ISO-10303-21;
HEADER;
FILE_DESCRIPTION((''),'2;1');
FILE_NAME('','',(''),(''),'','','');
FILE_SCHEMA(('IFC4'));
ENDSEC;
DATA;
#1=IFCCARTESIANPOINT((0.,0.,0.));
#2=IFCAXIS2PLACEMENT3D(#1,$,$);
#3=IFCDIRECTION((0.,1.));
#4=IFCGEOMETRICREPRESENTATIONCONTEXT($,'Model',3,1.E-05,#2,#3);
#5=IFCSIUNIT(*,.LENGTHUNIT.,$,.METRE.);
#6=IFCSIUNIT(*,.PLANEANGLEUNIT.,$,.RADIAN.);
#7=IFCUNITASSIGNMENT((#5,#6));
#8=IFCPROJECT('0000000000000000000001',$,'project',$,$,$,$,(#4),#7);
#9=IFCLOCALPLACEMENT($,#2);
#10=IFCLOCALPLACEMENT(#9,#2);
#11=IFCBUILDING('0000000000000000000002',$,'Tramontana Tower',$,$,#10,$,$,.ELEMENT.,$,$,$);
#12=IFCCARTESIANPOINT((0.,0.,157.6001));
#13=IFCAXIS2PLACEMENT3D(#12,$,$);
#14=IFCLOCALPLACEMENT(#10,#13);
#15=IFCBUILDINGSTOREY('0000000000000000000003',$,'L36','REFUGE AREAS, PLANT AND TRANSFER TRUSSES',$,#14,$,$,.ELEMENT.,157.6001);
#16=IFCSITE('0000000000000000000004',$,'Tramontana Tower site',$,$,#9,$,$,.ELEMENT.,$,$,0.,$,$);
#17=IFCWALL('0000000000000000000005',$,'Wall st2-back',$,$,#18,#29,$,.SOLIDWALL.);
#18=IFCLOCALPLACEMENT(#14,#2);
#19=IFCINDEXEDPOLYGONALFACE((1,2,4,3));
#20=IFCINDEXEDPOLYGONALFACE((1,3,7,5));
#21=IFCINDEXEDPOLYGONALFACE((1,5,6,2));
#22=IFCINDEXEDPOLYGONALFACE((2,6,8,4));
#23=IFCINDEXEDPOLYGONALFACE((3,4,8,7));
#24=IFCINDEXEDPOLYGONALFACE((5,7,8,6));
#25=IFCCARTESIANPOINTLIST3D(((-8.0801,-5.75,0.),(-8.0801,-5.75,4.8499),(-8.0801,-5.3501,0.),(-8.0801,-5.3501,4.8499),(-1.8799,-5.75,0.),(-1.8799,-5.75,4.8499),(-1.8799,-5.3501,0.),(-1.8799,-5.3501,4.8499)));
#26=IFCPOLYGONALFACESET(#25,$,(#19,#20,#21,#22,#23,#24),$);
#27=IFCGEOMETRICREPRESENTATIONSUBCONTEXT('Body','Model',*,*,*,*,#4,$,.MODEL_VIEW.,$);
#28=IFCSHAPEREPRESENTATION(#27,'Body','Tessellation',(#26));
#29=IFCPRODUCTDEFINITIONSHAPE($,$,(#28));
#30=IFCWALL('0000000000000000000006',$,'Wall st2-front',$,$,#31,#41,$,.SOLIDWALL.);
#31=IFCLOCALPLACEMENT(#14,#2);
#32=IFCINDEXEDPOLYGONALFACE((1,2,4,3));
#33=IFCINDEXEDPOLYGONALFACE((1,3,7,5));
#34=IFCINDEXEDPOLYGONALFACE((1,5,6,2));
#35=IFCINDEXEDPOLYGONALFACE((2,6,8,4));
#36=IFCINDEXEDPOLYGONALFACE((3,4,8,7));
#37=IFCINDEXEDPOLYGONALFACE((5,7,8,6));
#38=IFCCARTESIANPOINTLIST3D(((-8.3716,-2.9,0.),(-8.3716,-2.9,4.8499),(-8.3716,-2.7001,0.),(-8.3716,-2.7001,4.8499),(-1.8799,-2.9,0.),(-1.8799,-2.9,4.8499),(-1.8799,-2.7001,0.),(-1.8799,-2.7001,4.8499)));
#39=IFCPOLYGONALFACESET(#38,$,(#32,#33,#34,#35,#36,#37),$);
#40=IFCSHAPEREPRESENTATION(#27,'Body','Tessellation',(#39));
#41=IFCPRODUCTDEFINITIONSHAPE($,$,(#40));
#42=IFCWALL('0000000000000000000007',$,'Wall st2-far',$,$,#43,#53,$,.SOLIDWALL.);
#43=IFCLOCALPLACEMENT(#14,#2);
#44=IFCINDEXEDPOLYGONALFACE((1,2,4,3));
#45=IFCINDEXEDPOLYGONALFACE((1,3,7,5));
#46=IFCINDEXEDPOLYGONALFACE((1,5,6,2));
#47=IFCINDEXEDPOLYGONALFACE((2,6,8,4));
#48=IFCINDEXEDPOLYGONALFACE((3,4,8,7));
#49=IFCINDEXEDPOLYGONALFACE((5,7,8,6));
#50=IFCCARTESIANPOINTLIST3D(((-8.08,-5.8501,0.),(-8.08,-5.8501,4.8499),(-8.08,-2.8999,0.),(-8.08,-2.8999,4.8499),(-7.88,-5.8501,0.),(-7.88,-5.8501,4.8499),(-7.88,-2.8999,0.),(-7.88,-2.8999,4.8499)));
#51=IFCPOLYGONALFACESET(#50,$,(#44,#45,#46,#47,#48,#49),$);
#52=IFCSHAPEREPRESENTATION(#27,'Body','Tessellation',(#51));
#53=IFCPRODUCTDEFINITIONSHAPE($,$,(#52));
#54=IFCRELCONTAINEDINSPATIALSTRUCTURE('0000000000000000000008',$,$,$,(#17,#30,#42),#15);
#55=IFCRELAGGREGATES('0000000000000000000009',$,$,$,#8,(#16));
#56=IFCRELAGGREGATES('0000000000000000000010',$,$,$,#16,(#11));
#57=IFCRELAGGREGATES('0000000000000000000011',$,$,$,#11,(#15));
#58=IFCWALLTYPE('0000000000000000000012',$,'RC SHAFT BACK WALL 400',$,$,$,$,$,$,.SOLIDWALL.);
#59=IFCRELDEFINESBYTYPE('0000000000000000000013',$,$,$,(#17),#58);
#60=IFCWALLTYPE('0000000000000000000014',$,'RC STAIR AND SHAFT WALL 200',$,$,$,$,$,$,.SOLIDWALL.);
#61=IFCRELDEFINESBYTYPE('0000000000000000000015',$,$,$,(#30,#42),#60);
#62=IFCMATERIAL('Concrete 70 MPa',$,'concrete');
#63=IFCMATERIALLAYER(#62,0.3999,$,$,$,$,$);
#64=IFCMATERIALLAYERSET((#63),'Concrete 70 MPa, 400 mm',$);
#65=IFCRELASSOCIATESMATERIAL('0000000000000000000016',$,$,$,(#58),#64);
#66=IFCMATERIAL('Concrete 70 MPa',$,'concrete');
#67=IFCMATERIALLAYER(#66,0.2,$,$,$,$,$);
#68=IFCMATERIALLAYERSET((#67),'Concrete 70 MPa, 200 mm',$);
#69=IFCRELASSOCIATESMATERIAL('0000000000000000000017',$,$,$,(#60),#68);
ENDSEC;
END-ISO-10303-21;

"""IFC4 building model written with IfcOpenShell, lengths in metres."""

from ifc_helpers import new_model, si_unit, direction, frame, frame_2d, origin, place, context, subcontext, project, spatial, rectangle, extrude, material, layer, layer_set, type_object, element, save


model = new_model("IFC4")

# Units and contexts
model_context = context("Model", 3, precision=1e-05, world=origin(), true_north=direction((0.0, 1.0)))
body_context = subcontext(model_context, "Body", "Model", "MODEL_VIEW")
ifc_project = project(units=[si_unit("LENGTHUNIT", "METRE"), si_unit("PLANEANGLEUNIT", "RADIAN")], contexts=[model_context])

# Site, building, storey
site_placement = place(None, origin())
site = spatial("IfcSite", under=ifc_project, at=site_placement, Name="Tramontana Tower site", CompositionType="ELEMENT", RefElevation=0.0)
building_placement = place(site_placement, origin())
building = spatial("IfcBuilding", under=site, at=building_placement, Name="Tramontana Tower", CompositionType="ELEMENT")
storey_placement = place(building_placement, frame((0.0, 0.0, 157.6001)))
storey = spatial("IfcBuildingStorey", under=building, at=storey_placement, Name="L36", Description="REFUGE AREAS, PLANT AND TRANSFER TRUSSES", CompositionType="ELEMENT", Elevation=157.6001)

# Walls
ifc_material_1 = material(Name="Concrete 70 MPa", Category="concrete")
ifc_layer_1 = layer(ifc_material_1, 0.3999)
ifc_layer_set_1 = layer_set([ifc_layer_1], Name="Concrete 70 MPa, 400 mm")
wall_type_1 = type_object("IfcWallType", Name="RC SHAFT BACK WALL 400", PredefinedType="SOLIDWALL", material=ifc_layer_set_1)
wall_1_placement = place(storey_placement, frame((-8.0801, -5.55, 0.0), z_axis=(0.0, 0.0, 1.0), x_axis=(1.0, 0.0, 0.0)))
element("IfcWall", 1, at=wall_1_placement, inside=storey, type_object=wall_type_1, Name="Wall st2-back", PredefinedType="SOLIDWALL", context=body_context, shape_type="SweptSolid", body=[
    extrude(rectangle(XDim=6.2002, YDim=0.3999, at=frame_2d((3.1001, 0.0))), origin(), (0.0, 0.0, 1.0), 4.8499),
])
ifc_material_2 = material(Name="Concrete 70 MPa", Category="concrete")
ifc_layer_2 = layer(ifc_material_2, 0.2)
ifc_layer_set_2 = layer_set([ifc_layer_2], Name="Concrete 70 MPa, 200 mm")
wall_type_2 = type_object("IfcWallType", Name="RC STAIR AND SHAFT WALL 200", PredefinedType="SOLIDWALL", material=ifc_layer_set_2)
wall_2_placement = place(storey_placement, frame((-8.3716, -2.8, 0.0), z_axis=(0.0, 0.0, 1.0), x_axis=(1.0, 0.0, 0.0)))
element("IfcWall", 2, at=wall_2_placement, inside=storey, type_object=wall_type_2, Name="Wall st2-front", PredefinedType="SOLIDWALL", context=body_context, shape_type="SweptSolid", body=[
    extrude(rectangle(XDim=6.4917, YDim=0.2, at=frame_2d((3.2458, 0.0))), origin(), (0.0, 0.0, 1.0), 4.8499),
])
wall_3_placement = place(storey_placement, frame((-7.98, -2.8999, 0.0), z_axis=(0.0, 0.0, 1.0), x_axis=(0.0, -1.0, 0.0)))
element("IfcWall", 3, at=wall_3_placement, inside=storey, type_object=wall_type_2, Name="Wall st2-far", PredefinedType="SOLIDWALL", context=body_context, shape_type="SweptSolid", body=[
    extrude(rectangle(XDim=2.9502, YDim=0.2, at=frame_2d((1.4751, 0.0))), origin(), (0.0, 0.0, 1.0), 4.8499),
])

save(model, "model.ifc")
